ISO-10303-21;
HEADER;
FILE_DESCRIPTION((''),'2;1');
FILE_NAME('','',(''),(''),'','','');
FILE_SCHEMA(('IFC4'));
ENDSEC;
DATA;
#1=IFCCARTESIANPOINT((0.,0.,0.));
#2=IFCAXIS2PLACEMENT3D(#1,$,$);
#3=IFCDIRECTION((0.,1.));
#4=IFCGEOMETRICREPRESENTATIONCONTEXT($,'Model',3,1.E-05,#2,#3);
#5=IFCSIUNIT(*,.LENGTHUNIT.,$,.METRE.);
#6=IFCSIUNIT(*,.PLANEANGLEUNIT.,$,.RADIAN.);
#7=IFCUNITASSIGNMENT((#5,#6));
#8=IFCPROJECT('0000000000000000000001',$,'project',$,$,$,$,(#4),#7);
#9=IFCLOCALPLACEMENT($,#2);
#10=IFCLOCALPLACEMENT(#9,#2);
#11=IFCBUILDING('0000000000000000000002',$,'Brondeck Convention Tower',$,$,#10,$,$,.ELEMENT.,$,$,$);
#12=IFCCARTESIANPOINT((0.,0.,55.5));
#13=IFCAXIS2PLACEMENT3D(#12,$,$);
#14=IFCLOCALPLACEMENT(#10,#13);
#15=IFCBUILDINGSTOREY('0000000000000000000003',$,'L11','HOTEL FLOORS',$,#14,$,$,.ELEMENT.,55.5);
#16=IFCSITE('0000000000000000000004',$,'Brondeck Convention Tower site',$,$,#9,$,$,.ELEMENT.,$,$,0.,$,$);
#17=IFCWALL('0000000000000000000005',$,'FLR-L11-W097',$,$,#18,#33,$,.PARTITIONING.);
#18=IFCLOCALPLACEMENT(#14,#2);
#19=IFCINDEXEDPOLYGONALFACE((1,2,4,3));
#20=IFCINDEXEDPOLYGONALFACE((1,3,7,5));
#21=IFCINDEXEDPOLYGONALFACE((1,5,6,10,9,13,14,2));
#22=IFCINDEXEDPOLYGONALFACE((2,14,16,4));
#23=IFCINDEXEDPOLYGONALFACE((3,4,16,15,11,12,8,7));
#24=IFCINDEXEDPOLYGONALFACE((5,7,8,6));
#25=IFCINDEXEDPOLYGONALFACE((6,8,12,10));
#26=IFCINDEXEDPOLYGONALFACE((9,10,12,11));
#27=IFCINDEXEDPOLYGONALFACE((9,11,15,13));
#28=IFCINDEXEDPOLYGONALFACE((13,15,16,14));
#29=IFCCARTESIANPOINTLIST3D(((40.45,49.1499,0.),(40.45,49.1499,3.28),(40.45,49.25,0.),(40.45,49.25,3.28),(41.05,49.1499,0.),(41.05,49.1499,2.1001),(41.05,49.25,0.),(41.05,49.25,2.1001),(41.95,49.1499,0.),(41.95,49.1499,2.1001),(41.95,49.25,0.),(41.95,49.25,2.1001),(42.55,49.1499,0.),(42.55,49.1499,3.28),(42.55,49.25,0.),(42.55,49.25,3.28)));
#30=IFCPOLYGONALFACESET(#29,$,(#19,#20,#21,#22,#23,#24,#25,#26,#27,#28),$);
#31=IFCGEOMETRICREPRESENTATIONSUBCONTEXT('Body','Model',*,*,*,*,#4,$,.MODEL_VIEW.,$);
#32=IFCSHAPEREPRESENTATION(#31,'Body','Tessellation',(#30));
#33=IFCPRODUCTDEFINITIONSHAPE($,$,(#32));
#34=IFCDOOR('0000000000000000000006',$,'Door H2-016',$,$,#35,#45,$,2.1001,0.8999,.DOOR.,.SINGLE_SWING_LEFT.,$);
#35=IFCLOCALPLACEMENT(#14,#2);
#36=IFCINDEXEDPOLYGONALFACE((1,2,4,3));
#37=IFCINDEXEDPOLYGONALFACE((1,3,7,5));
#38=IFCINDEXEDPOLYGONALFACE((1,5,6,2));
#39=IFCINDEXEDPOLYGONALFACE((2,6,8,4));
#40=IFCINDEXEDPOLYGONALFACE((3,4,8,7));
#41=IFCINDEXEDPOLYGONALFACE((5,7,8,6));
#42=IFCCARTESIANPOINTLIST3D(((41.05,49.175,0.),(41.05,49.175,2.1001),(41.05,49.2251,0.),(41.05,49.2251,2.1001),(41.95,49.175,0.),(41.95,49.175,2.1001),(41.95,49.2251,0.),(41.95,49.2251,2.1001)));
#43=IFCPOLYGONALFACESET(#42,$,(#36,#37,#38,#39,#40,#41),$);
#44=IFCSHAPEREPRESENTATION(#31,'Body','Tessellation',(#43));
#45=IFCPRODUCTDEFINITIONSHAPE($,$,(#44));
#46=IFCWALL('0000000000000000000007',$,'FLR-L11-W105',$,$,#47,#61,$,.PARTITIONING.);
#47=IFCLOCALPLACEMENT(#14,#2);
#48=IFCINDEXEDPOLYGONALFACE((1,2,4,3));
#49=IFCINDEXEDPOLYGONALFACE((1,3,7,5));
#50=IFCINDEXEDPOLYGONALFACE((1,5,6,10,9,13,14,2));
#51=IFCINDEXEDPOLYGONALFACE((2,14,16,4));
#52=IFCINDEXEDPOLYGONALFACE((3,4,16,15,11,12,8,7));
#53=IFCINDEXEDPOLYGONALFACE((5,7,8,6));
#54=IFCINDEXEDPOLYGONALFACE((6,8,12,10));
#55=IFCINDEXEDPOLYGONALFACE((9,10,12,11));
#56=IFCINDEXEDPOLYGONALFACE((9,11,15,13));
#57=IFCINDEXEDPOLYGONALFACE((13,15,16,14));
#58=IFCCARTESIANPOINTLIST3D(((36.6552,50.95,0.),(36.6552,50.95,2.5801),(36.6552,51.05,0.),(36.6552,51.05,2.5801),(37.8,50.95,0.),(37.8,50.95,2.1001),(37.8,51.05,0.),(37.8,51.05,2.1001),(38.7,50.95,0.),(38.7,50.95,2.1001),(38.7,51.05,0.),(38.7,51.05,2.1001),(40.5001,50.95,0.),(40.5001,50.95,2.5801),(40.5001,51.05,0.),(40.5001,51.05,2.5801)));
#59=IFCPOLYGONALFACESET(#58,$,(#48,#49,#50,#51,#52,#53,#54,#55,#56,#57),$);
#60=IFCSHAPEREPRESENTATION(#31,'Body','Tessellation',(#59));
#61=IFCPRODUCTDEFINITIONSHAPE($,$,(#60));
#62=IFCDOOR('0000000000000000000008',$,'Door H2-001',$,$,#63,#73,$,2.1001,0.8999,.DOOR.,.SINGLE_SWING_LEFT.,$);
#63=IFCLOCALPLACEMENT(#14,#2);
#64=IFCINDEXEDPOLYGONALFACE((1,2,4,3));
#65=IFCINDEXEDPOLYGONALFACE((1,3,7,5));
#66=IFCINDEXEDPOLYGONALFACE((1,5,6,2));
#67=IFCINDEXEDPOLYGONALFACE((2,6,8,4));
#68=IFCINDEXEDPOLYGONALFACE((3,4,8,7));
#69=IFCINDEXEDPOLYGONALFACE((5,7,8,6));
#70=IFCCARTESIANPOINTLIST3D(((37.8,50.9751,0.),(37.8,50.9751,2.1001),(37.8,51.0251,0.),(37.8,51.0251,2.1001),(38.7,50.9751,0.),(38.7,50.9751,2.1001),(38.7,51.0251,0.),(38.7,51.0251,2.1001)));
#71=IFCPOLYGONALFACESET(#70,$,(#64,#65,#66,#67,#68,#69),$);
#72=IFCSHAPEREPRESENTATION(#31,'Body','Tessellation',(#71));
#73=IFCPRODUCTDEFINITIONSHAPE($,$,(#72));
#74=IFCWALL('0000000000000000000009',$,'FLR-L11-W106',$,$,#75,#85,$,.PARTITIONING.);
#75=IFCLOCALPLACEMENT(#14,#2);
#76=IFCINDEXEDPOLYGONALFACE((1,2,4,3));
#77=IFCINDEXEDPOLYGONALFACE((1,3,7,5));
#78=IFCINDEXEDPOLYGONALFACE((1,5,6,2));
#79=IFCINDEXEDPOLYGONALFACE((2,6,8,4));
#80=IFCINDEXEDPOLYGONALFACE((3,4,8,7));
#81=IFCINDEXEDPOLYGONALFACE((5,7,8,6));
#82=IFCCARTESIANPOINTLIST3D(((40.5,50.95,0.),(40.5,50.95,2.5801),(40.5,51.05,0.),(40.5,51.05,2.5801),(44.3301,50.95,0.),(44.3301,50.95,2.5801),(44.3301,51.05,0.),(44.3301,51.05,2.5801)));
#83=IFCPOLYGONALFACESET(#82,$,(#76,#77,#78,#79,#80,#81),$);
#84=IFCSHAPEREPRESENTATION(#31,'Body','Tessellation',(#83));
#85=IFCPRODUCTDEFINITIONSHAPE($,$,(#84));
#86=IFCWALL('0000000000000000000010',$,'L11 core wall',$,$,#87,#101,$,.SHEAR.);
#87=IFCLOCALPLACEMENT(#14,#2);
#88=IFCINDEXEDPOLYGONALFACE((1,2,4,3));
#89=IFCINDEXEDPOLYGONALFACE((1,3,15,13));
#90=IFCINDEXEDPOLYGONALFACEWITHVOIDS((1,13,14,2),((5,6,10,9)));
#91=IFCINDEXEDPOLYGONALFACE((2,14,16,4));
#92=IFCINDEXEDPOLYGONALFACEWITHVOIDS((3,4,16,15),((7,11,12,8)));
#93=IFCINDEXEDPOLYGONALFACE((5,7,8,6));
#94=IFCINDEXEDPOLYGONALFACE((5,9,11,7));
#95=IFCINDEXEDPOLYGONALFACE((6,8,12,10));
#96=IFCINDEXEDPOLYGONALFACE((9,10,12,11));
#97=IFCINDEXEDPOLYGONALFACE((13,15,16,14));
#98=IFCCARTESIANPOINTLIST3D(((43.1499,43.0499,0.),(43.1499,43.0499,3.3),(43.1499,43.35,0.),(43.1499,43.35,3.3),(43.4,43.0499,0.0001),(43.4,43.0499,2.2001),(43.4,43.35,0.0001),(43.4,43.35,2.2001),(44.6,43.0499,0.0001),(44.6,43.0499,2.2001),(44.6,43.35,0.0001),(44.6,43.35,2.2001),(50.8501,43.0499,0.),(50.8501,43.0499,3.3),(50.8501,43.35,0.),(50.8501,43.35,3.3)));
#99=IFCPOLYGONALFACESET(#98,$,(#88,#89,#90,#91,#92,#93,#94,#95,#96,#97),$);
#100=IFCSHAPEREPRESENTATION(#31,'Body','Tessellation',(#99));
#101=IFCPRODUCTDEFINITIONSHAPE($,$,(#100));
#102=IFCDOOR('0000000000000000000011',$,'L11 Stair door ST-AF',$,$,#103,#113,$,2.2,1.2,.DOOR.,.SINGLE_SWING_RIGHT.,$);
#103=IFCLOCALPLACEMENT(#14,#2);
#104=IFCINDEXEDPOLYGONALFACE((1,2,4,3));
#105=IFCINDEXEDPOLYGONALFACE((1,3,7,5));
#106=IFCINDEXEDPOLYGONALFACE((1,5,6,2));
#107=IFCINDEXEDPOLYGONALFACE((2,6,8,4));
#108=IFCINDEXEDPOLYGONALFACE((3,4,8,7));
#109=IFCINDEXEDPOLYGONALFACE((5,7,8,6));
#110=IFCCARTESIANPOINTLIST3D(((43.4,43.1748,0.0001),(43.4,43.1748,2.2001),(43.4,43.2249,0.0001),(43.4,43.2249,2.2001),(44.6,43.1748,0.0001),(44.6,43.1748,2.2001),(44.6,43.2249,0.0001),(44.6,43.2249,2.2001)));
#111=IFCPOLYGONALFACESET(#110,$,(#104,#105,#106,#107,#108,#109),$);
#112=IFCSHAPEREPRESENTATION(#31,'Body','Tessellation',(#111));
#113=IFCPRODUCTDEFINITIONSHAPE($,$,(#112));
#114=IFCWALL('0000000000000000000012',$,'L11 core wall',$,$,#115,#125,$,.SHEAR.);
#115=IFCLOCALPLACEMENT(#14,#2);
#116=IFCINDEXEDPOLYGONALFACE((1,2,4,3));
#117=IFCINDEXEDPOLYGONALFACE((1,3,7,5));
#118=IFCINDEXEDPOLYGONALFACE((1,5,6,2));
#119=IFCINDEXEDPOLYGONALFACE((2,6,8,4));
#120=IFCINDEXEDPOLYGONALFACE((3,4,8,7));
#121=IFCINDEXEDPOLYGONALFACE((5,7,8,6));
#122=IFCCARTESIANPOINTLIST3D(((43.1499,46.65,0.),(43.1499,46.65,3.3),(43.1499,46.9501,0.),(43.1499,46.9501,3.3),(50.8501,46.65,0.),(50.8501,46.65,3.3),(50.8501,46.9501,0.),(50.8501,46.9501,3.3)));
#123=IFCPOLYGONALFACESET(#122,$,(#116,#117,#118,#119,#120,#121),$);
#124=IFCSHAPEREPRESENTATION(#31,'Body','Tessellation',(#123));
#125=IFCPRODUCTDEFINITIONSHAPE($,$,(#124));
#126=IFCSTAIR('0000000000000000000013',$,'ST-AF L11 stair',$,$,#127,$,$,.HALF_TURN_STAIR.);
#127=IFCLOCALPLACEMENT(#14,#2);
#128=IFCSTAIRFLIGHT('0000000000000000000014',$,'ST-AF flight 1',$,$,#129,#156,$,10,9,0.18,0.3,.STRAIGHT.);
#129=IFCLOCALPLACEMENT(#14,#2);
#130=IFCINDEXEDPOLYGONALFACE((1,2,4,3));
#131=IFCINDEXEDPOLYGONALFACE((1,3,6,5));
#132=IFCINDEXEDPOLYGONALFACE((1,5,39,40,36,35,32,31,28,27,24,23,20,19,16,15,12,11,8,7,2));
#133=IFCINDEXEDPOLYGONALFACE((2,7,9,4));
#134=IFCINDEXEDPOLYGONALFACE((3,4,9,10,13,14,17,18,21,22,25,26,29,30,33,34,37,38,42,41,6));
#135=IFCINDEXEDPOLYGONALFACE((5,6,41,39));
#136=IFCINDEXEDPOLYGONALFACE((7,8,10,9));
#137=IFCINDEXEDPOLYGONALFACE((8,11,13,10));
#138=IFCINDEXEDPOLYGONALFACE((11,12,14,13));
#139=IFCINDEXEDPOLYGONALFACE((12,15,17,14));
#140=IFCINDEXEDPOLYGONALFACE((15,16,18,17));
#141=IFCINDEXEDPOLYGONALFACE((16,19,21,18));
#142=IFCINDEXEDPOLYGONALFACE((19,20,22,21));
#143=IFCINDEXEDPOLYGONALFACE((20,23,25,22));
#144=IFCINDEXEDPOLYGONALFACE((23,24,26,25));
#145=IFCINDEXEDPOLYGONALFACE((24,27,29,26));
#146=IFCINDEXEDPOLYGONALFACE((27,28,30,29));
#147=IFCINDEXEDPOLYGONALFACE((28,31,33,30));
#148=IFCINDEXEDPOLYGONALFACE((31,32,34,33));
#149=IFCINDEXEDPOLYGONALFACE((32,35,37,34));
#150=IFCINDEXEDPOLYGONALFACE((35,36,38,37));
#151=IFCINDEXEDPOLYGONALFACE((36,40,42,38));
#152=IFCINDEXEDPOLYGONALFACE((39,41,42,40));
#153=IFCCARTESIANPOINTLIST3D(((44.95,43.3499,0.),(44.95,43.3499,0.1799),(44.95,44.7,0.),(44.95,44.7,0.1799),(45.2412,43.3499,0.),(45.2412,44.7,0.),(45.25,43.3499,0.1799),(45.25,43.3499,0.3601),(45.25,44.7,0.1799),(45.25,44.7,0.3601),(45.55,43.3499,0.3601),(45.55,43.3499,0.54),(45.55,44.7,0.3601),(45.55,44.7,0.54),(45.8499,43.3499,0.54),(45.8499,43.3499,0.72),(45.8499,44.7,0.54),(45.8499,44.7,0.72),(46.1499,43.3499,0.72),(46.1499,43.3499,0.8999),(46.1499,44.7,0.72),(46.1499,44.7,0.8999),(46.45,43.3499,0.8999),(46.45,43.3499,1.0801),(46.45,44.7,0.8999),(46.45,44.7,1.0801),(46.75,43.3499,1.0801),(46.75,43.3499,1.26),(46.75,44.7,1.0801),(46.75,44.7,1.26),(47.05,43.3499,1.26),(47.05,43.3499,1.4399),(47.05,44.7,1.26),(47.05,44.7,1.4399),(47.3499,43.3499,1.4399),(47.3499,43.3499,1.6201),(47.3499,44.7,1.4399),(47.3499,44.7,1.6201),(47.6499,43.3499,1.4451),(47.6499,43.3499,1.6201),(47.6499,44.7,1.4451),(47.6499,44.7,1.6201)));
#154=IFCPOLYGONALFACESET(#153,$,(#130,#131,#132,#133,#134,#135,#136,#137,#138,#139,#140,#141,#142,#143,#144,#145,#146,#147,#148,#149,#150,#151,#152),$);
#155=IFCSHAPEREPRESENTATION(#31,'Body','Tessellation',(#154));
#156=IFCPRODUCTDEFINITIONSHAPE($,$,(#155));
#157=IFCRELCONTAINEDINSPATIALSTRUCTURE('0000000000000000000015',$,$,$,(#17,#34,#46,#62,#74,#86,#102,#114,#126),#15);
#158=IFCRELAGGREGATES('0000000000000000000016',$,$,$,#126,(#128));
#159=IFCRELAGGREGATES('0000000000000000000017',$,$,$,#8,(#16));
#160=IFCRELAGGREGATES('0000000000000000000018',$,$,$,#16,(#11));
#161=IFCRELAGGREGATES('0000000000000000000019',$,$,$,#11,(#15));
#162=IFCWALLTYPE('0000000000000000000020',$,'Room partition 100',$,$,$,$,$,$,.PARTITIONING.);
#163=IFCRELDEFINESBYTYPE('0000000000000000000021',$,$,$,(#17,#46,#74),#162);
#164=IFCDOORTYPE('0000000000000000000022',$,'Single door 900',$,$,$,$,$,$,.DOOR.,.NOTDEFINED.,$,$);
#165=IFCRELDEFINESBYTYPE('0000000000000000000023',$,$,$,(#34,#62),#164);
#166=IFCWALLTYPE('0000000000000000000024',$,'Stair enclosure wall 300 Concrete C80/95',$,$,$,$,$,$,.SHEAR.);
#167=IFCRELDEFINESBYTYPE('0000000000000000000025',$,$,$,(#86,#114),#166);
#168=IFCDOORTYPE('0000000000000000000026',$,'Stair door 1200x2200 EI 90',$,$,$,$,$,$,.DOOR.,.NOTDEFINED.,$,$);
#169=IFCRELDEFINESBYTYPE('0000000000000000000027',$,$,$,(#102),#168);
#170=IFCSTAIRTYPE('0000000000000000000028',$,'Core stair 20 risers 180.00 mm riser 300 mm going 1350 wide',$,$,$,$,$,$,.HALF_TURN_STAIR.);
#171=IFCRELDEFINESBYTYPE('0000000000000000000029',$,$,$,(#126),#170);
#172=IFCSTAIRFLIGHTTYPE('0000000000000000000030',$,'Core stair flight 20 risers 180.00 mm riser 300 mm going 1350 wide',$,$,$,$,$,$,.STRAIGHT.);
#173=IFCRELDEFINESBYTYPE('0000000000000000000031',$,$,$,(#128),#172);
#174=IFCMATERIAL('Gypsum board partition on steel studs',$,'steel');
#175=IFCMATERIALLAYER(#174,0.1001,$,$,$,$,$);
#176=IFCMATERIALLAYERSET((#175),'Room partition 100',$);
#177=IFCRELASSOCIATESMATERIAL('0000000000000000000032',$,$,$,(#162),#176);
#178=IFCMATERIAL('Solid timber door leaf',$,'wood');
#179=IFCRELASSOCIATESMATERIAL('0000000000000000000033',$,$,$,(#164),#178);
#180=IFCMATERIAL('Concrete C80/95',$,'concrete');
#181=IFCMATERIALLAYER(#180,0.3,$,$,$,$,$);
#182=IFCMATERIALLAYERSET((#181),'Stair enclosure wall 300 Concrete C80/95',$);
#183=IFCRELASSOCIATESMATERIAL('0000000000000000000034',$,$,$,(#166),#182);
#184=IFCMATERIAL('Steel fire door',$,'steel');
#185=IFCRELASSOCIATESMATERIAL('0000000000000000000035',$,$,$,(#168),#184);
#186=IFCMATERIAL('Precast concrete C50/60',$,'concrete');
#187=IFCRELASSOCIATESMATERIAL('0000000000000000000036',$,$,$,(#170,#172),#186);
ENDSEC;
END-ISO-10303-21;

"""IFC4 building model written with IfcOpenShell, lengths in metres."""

from ifc_helpers import new_model, si_unit, direction, frame, frame_2d, origin, place, context, subcontext, project, spatial, polyline, rectangle, outline, extrude, material, layer, layer_set, type_object, element, fill, aggregate, save


model = new_model("IFC4")

# Units and contexts
model_context = context("Model", 3, precision=1e-05, world=origin(), true_north=direction((0.0, 1.0)))
body_context = subcontext(model_context, "Body", "Model", "MODEL_VIEW")
ifc_project = project(units=[si_unit("LENGTHUNIT", "METRE"), si_unit("PLANEANGLEUNIT", "RADIAN")], contexts=[model_context])

# Site, building, storey
site_placement = place(None, origin())
site = spatial("IfcSite", under=ifc_project, at=site_placement, Name="Brondeck Convention Tower site", CompositionType="ELEMENT", RefElevation=0.0)
building_placement = place(site_placement, origin())
building = spatial("IfcBuilding", under=site, at=building_placement, Name="Brondeck Convention Tower", CompositionType="ELEMENT")
storey_placement = place(building_placement, frame((0.0, 0.0, 55.5)))
storey = spatial("IfcBuildingStorey", under=building, at=storey_placement, Name="L11", Description="HOTEL FLOORS", CompositionType="ELEMENT", Elevation=55.5)

# Shared definitions
ifc_material_1 = material(Name="Concrete C80/95", Category="concrete")

# Shared definitions
ifc_material_2 = material(Name="Gypsum board partition on steel studs", Category="steel")
ifc_layer_1 = layer(ifc_material_2, 0.1001)
ifc_layer_set_1 = layer_set([ifc_layer_1], Name="Room partition 100")
wall_type_1 = type_object("IfcWallType", Name="Room partition 100", PredefinedType="PARTITIONING", material=ifc_layer_set_1)

# Walls, openings, doors
wall_1_placement = place(storey_placement, frame((42.55, 49.2, 0.0), z_axis=(0.0, 0.0, 1.0), x_axis=(-1.0, 0.0, 0.0)))
wall_1 = element("IfcWall", 1, at=wall_1_placement, inside=storey, type_object=wall_type_1, Name="FLR-L11-W097", PredefinedType="PARTITIONING", context=body_context, shape_type="SweptSolid", body=[
    extrude(rectangle(XDim=2.1001, YDim=0.1001, at=frame_2d((1.05, 0.0))), origin(), (0.0, 0.0, 1.0), 3.28),
])
opening_1_placement = place(wall_1_placement, frame((0.6001, 0.0, 0.0)))
opening_1 = element("IfcOpeningElement", 2, at=opening_1_placement, cuts=wall_1, PredefinedType="OPENING", context=body_context, shape_type="SweptSolid", body=[
    extrude(rectangle(XDim=0.8999, YDim=2.1001, at=frame_2d((0.45, 1.05))), frame((0.0, 0.0601, 0.0), z_axis=(0.0, -1.0, 0.0), x_axis=(1.0, 0.0, 0.0)), (0.0, 0.0, 1.0), 0.1201),
])
ifc_material_3 = material(Name="Solid timber door leaf", Category="wood")
door_type_1 = type_object("IfcDoorType", Name="Single door 900", OperationType="NOTDEFINED", PredefinedType="DOOR", material=ifc_material_3)
door_1_placement = place(opening_1_placement, origin())
door_1 = element("IfcDoor", 3, at=door_1_placement, inside=storey, type_object=door_type_1, Name="Door H2-016", OperationType="SINGLE_SWING_LEFT", OverallHeight=2.1001, OverallWidth=0.8999, PredefinedType="DOOR", context=body_context, shape_type="SweptSolid", body=[
    extrude(rectangle(XDim=0.8999, YDim=2.1001, at=frame_2d((0.45, 1.05))), frame((0.0, 0.0249, 0.0), z_axis=(0.0, -1.0, 0.0), x_axis=(1.0, 0.0, 0.0)), (0.0, 0.0, 1.0), 0.05),
])
fill(opening_1, door_1)
wall_2_placement = place(storey_placement, frame((40.5, 51.0, 0.0), z_axis=(0.0, 0.0, 1.0), x_axis=(-1.0, 0.0, 0.0)))
wall_2 = element("IfcWall", 4, at=wall_2_placement, inside=storey, type_object=wall_type_1, Name="FLR-L11-W105", PredefinedType="PARTITIONING", context=body_context, shape_type="SweptSolid", body=[
    extrude(rectangle(XDim=3.845, YDim=0.1001, at=frame_2d((1.9224, 0.0))), origin(), (0.0, 0.0, 1.0), 2.5801),
])
opening_2_placement = place(wall_2_placement, frame((1.8, 0.0, 0.0)))
opening_2 = element("IfcOpeningElement", 5, at=opening_2_placement, cuts=wall_2, PredefinedType="OPENING", context=body_context, shape_type="SweptSolid", body=[
    extrude(rectangle(XDim=0.8999, YDim=2.1001, at=frame_2d((0.45, 1.05))), frame((0.0, 0.0601, 0.0), z_axis=(0.0, -1.0, 0.0), x_axis=(1.0, 0.0, 0.0)), (0.0, 0.0, 1.0), 0.1201),
])
door_2_placement = place(opening_2_placement, origin())
door_2 = element("IfcDoor", 6, at=door_2_placement, inside=storey, type_object=door_type_1, Name="Door H2-001", OperationType="SINGLE_SWING_LEFT", OverallHeight=2.1001, OverallWidth=0.8999, PredefinedType="DOOR", context=body_context, shape_type="SweptSolid", body=[
    extrude(rectangle(XDim=0.8999, YDim=2.1001, at=frame_2d((0.45, 1.05))), frame((0.0, 0.0249, 0.0), z_axis=(0.0, -1.0, 0.0), x_axis=(1.0, 0.0, 0.0)), (0.0, 0.0, 1.0), 0.05),
])
fill(opening_2, door_2)

# Wall
wall_3_placement = place(storey_placement, frame((44.3301, 51.0, 0.0), z_axis=(0.0, 0.0, 1.0), x_axis=(-1.0, 0.0, 0.0)))
element("IfcWall", 7, at=wall_3_placement, inside=storey, type_object=wall_type_1, Name="FLR-L11-W106", PredefinedType="PARTITIONING", context=body_context, shape_type="SweptSolid", body=[
    extrude(rectangle(XDim=3.8301, YDim=0.1001, at=frame_2d((1.915, 0.0))), origin(), (0.0, 0.0, 1.0), 2.5801),
])

# Wall, opening, door
ifc_layer_2 = layer(ifc_material_1, 0.3)
ifc_layer_set_2 = layer_set([ifc_layer_2], Name="Stair enclosure wall 300 Concrete C80/95")
wall_type_2 = type_object("IfcWallType", Name="Stair enclosure wall 300 Concrete C80/95", PredefinedType="SHEAR", material=ifc_layer_set_2)
wall_4_placement = place(storey_placement, frame((43.1499, 43.2, 0.0), z_axis=(0.0, 0.0, 1.0), x_axis=(1.0, 0.0, 0.0)))
wall_4 = element("IfcWall", 8, at=wall_4_placement, inside=storey, type_object=wall_type_2, Name="L11 core wall", PredefinedType="SHEAR", context=body_context, shape_type="SweptSolid", body=[
    extrude(rectangle(XDim=7.7002, YDim=0.3, at=frame_2d((3.8501, 0.0))), origin(), (0.0, 0.0, 1.0), 3.3),
])
opening_3_placement = place(wall_4_placement, frame((0.25, 0.0, 0.0)))
opening_3 = element("IfcOpeningElement", 9, at=opening_3_placement, cuts=wall_4, PredefinedType="OPENING", context=body_context, shape_type="SweptSolid", body=[
    extrude(rectangle(XDim=1.2, YDim=2.2, at=frame_2d((0.6001, 1.1001))), frame((0.0, 0.1599, 0.0), z_axis=(0.0, -1.0, 0.0), x_axis=(1.0, 0.0, 0.0)), (0.0, 0.0, 1.0), 0.3201),
])
ifc_material_4 = material(Name="Steel fire door", Category="steel")
door_type_2 = type_object("IfcDoorType", Name="Stair door 1200x2200 EI 90", OperationType="NOTDEFINED", PredefinedType="DOOR", material=ifc_material_4)
door_3_placement = place(opening_3_placement, origin())
door_3 = element("IfcDoor", 10, at=door_3_placement, inside=storey, type_object=door_type_2, Name="L11 Stair door ST-AF", OperationType="SINGLE_SWING_RIGHT", OverallHeight=2.2, OverallWidth=1.2, PredefinedType="DOOR", context=body_context, shape_type="SweptSolid", body=[
    extrude(rectangle(XDim=1.2, YDim=2.2, at=frame_2d((0.6001, 1.1001))), frame((0.0, 0.0249, 0.0), z_axis=(0.0, -1.0, 0.0), x_axis=(1.0, 0.0, 0.0)), (0.0, 0.0, 1.0), 0.05),
])
fill(opening_3, door_3)

# Wall
wall_5_placement = place(storey_placement, frame((43.1499, 46.8, 0.0), z_axis=(0.0, 0.0, 1.0), x_axis=(1.0, 0.0, 0.0)))
element("IfcWall", 11, at=wall_5_placement, inside=storey, type_object=wall_type_2, Name="L11 core wall", PredefinedType="SHEAR", context=body_context, shape_type="SweptSolid", body=[
    extrude(rectangle(XDim=7.7002, YDim=0.3, at=frame_2d((3.8501, 0.0))), origin(), (0.0, 0.0, 1.0), 3.3),
])

# Stair, stair flight
ifc_material_5 = material(Name="Precast concrete C50/60", Category="concrete")
stair_type = type_object("IfcStairType", Name="Core stair 20 risers 180.00 mm riser 300 mm going 1350 wide", PredefinedType="HALF_TURN_STAIR", material=ifc_material_5)
stair_placement = place(storey_placement, origin())
stair = element("IfcStair", 12, at=stair_placement, inside=storey, type_object=stair_type, Name="ST-AF L11 stair", PredefinedType="HALF_TURN_STAIR")
stair_flight_type = type_object("IfcStairFlightType", Name="Core stair flight 20 risers 180.00 mm riser 300 mm going 1350 wide", PredefinedType="STRAIGHT", material=ifc_material_5)
stair_flight_placement = place(storey_placement, frame((44.95, 44.0249, 0.0), z_axis=(0.0, 0.0, 1.0), x_axis=(1.0, 0.0, 0.0)))
stair_flight = element("IfcStairFlight", 13, at=stair_flight_placement, type_object=stair_flight_type, Name="ST-AF flight 1", NumberOfRisers=10, NumberOfTreads=9, PredefinedType="STRAIGHT", RiserHeight=0.18, TreadLength=0.3, context=body_context, shape_type="SweptSolid", body=[
    extrude(outline(polyline([(0.0, 0.0), (0.0, 0.1799), (0.3, 0.1799), (0.3, 0.3601), (0.6001, 0.3601), (0.6001, 0.54), (0.8999, 0.54), (0.8999, 0.72), (1.2, 0.72), (1.2, 0.8999), (1.5, 0.8999), (1.5, 1.0801), (1.8, 1.0801), (1.8, 1.26), (2.1001, 1.26), (2.1001, 1.4399), (2.3999, 1.4399), (2.3999, 1.6201), (2.7, 1.6201), (2.7, 1.8), (2.7, 1.4451), (0.2913, 0.0), (0.0, 0.0)])), frame((0.0, 0.675, 0.0), z_axis=(0.0, -1.0, 0.0), x_axis=(1.0, 0.0, 0.0)), (0.0, 0.0, 1.0), 1.3501),
])
aggregate(stair, [stair_flight])

save(model, "model.ifc")
